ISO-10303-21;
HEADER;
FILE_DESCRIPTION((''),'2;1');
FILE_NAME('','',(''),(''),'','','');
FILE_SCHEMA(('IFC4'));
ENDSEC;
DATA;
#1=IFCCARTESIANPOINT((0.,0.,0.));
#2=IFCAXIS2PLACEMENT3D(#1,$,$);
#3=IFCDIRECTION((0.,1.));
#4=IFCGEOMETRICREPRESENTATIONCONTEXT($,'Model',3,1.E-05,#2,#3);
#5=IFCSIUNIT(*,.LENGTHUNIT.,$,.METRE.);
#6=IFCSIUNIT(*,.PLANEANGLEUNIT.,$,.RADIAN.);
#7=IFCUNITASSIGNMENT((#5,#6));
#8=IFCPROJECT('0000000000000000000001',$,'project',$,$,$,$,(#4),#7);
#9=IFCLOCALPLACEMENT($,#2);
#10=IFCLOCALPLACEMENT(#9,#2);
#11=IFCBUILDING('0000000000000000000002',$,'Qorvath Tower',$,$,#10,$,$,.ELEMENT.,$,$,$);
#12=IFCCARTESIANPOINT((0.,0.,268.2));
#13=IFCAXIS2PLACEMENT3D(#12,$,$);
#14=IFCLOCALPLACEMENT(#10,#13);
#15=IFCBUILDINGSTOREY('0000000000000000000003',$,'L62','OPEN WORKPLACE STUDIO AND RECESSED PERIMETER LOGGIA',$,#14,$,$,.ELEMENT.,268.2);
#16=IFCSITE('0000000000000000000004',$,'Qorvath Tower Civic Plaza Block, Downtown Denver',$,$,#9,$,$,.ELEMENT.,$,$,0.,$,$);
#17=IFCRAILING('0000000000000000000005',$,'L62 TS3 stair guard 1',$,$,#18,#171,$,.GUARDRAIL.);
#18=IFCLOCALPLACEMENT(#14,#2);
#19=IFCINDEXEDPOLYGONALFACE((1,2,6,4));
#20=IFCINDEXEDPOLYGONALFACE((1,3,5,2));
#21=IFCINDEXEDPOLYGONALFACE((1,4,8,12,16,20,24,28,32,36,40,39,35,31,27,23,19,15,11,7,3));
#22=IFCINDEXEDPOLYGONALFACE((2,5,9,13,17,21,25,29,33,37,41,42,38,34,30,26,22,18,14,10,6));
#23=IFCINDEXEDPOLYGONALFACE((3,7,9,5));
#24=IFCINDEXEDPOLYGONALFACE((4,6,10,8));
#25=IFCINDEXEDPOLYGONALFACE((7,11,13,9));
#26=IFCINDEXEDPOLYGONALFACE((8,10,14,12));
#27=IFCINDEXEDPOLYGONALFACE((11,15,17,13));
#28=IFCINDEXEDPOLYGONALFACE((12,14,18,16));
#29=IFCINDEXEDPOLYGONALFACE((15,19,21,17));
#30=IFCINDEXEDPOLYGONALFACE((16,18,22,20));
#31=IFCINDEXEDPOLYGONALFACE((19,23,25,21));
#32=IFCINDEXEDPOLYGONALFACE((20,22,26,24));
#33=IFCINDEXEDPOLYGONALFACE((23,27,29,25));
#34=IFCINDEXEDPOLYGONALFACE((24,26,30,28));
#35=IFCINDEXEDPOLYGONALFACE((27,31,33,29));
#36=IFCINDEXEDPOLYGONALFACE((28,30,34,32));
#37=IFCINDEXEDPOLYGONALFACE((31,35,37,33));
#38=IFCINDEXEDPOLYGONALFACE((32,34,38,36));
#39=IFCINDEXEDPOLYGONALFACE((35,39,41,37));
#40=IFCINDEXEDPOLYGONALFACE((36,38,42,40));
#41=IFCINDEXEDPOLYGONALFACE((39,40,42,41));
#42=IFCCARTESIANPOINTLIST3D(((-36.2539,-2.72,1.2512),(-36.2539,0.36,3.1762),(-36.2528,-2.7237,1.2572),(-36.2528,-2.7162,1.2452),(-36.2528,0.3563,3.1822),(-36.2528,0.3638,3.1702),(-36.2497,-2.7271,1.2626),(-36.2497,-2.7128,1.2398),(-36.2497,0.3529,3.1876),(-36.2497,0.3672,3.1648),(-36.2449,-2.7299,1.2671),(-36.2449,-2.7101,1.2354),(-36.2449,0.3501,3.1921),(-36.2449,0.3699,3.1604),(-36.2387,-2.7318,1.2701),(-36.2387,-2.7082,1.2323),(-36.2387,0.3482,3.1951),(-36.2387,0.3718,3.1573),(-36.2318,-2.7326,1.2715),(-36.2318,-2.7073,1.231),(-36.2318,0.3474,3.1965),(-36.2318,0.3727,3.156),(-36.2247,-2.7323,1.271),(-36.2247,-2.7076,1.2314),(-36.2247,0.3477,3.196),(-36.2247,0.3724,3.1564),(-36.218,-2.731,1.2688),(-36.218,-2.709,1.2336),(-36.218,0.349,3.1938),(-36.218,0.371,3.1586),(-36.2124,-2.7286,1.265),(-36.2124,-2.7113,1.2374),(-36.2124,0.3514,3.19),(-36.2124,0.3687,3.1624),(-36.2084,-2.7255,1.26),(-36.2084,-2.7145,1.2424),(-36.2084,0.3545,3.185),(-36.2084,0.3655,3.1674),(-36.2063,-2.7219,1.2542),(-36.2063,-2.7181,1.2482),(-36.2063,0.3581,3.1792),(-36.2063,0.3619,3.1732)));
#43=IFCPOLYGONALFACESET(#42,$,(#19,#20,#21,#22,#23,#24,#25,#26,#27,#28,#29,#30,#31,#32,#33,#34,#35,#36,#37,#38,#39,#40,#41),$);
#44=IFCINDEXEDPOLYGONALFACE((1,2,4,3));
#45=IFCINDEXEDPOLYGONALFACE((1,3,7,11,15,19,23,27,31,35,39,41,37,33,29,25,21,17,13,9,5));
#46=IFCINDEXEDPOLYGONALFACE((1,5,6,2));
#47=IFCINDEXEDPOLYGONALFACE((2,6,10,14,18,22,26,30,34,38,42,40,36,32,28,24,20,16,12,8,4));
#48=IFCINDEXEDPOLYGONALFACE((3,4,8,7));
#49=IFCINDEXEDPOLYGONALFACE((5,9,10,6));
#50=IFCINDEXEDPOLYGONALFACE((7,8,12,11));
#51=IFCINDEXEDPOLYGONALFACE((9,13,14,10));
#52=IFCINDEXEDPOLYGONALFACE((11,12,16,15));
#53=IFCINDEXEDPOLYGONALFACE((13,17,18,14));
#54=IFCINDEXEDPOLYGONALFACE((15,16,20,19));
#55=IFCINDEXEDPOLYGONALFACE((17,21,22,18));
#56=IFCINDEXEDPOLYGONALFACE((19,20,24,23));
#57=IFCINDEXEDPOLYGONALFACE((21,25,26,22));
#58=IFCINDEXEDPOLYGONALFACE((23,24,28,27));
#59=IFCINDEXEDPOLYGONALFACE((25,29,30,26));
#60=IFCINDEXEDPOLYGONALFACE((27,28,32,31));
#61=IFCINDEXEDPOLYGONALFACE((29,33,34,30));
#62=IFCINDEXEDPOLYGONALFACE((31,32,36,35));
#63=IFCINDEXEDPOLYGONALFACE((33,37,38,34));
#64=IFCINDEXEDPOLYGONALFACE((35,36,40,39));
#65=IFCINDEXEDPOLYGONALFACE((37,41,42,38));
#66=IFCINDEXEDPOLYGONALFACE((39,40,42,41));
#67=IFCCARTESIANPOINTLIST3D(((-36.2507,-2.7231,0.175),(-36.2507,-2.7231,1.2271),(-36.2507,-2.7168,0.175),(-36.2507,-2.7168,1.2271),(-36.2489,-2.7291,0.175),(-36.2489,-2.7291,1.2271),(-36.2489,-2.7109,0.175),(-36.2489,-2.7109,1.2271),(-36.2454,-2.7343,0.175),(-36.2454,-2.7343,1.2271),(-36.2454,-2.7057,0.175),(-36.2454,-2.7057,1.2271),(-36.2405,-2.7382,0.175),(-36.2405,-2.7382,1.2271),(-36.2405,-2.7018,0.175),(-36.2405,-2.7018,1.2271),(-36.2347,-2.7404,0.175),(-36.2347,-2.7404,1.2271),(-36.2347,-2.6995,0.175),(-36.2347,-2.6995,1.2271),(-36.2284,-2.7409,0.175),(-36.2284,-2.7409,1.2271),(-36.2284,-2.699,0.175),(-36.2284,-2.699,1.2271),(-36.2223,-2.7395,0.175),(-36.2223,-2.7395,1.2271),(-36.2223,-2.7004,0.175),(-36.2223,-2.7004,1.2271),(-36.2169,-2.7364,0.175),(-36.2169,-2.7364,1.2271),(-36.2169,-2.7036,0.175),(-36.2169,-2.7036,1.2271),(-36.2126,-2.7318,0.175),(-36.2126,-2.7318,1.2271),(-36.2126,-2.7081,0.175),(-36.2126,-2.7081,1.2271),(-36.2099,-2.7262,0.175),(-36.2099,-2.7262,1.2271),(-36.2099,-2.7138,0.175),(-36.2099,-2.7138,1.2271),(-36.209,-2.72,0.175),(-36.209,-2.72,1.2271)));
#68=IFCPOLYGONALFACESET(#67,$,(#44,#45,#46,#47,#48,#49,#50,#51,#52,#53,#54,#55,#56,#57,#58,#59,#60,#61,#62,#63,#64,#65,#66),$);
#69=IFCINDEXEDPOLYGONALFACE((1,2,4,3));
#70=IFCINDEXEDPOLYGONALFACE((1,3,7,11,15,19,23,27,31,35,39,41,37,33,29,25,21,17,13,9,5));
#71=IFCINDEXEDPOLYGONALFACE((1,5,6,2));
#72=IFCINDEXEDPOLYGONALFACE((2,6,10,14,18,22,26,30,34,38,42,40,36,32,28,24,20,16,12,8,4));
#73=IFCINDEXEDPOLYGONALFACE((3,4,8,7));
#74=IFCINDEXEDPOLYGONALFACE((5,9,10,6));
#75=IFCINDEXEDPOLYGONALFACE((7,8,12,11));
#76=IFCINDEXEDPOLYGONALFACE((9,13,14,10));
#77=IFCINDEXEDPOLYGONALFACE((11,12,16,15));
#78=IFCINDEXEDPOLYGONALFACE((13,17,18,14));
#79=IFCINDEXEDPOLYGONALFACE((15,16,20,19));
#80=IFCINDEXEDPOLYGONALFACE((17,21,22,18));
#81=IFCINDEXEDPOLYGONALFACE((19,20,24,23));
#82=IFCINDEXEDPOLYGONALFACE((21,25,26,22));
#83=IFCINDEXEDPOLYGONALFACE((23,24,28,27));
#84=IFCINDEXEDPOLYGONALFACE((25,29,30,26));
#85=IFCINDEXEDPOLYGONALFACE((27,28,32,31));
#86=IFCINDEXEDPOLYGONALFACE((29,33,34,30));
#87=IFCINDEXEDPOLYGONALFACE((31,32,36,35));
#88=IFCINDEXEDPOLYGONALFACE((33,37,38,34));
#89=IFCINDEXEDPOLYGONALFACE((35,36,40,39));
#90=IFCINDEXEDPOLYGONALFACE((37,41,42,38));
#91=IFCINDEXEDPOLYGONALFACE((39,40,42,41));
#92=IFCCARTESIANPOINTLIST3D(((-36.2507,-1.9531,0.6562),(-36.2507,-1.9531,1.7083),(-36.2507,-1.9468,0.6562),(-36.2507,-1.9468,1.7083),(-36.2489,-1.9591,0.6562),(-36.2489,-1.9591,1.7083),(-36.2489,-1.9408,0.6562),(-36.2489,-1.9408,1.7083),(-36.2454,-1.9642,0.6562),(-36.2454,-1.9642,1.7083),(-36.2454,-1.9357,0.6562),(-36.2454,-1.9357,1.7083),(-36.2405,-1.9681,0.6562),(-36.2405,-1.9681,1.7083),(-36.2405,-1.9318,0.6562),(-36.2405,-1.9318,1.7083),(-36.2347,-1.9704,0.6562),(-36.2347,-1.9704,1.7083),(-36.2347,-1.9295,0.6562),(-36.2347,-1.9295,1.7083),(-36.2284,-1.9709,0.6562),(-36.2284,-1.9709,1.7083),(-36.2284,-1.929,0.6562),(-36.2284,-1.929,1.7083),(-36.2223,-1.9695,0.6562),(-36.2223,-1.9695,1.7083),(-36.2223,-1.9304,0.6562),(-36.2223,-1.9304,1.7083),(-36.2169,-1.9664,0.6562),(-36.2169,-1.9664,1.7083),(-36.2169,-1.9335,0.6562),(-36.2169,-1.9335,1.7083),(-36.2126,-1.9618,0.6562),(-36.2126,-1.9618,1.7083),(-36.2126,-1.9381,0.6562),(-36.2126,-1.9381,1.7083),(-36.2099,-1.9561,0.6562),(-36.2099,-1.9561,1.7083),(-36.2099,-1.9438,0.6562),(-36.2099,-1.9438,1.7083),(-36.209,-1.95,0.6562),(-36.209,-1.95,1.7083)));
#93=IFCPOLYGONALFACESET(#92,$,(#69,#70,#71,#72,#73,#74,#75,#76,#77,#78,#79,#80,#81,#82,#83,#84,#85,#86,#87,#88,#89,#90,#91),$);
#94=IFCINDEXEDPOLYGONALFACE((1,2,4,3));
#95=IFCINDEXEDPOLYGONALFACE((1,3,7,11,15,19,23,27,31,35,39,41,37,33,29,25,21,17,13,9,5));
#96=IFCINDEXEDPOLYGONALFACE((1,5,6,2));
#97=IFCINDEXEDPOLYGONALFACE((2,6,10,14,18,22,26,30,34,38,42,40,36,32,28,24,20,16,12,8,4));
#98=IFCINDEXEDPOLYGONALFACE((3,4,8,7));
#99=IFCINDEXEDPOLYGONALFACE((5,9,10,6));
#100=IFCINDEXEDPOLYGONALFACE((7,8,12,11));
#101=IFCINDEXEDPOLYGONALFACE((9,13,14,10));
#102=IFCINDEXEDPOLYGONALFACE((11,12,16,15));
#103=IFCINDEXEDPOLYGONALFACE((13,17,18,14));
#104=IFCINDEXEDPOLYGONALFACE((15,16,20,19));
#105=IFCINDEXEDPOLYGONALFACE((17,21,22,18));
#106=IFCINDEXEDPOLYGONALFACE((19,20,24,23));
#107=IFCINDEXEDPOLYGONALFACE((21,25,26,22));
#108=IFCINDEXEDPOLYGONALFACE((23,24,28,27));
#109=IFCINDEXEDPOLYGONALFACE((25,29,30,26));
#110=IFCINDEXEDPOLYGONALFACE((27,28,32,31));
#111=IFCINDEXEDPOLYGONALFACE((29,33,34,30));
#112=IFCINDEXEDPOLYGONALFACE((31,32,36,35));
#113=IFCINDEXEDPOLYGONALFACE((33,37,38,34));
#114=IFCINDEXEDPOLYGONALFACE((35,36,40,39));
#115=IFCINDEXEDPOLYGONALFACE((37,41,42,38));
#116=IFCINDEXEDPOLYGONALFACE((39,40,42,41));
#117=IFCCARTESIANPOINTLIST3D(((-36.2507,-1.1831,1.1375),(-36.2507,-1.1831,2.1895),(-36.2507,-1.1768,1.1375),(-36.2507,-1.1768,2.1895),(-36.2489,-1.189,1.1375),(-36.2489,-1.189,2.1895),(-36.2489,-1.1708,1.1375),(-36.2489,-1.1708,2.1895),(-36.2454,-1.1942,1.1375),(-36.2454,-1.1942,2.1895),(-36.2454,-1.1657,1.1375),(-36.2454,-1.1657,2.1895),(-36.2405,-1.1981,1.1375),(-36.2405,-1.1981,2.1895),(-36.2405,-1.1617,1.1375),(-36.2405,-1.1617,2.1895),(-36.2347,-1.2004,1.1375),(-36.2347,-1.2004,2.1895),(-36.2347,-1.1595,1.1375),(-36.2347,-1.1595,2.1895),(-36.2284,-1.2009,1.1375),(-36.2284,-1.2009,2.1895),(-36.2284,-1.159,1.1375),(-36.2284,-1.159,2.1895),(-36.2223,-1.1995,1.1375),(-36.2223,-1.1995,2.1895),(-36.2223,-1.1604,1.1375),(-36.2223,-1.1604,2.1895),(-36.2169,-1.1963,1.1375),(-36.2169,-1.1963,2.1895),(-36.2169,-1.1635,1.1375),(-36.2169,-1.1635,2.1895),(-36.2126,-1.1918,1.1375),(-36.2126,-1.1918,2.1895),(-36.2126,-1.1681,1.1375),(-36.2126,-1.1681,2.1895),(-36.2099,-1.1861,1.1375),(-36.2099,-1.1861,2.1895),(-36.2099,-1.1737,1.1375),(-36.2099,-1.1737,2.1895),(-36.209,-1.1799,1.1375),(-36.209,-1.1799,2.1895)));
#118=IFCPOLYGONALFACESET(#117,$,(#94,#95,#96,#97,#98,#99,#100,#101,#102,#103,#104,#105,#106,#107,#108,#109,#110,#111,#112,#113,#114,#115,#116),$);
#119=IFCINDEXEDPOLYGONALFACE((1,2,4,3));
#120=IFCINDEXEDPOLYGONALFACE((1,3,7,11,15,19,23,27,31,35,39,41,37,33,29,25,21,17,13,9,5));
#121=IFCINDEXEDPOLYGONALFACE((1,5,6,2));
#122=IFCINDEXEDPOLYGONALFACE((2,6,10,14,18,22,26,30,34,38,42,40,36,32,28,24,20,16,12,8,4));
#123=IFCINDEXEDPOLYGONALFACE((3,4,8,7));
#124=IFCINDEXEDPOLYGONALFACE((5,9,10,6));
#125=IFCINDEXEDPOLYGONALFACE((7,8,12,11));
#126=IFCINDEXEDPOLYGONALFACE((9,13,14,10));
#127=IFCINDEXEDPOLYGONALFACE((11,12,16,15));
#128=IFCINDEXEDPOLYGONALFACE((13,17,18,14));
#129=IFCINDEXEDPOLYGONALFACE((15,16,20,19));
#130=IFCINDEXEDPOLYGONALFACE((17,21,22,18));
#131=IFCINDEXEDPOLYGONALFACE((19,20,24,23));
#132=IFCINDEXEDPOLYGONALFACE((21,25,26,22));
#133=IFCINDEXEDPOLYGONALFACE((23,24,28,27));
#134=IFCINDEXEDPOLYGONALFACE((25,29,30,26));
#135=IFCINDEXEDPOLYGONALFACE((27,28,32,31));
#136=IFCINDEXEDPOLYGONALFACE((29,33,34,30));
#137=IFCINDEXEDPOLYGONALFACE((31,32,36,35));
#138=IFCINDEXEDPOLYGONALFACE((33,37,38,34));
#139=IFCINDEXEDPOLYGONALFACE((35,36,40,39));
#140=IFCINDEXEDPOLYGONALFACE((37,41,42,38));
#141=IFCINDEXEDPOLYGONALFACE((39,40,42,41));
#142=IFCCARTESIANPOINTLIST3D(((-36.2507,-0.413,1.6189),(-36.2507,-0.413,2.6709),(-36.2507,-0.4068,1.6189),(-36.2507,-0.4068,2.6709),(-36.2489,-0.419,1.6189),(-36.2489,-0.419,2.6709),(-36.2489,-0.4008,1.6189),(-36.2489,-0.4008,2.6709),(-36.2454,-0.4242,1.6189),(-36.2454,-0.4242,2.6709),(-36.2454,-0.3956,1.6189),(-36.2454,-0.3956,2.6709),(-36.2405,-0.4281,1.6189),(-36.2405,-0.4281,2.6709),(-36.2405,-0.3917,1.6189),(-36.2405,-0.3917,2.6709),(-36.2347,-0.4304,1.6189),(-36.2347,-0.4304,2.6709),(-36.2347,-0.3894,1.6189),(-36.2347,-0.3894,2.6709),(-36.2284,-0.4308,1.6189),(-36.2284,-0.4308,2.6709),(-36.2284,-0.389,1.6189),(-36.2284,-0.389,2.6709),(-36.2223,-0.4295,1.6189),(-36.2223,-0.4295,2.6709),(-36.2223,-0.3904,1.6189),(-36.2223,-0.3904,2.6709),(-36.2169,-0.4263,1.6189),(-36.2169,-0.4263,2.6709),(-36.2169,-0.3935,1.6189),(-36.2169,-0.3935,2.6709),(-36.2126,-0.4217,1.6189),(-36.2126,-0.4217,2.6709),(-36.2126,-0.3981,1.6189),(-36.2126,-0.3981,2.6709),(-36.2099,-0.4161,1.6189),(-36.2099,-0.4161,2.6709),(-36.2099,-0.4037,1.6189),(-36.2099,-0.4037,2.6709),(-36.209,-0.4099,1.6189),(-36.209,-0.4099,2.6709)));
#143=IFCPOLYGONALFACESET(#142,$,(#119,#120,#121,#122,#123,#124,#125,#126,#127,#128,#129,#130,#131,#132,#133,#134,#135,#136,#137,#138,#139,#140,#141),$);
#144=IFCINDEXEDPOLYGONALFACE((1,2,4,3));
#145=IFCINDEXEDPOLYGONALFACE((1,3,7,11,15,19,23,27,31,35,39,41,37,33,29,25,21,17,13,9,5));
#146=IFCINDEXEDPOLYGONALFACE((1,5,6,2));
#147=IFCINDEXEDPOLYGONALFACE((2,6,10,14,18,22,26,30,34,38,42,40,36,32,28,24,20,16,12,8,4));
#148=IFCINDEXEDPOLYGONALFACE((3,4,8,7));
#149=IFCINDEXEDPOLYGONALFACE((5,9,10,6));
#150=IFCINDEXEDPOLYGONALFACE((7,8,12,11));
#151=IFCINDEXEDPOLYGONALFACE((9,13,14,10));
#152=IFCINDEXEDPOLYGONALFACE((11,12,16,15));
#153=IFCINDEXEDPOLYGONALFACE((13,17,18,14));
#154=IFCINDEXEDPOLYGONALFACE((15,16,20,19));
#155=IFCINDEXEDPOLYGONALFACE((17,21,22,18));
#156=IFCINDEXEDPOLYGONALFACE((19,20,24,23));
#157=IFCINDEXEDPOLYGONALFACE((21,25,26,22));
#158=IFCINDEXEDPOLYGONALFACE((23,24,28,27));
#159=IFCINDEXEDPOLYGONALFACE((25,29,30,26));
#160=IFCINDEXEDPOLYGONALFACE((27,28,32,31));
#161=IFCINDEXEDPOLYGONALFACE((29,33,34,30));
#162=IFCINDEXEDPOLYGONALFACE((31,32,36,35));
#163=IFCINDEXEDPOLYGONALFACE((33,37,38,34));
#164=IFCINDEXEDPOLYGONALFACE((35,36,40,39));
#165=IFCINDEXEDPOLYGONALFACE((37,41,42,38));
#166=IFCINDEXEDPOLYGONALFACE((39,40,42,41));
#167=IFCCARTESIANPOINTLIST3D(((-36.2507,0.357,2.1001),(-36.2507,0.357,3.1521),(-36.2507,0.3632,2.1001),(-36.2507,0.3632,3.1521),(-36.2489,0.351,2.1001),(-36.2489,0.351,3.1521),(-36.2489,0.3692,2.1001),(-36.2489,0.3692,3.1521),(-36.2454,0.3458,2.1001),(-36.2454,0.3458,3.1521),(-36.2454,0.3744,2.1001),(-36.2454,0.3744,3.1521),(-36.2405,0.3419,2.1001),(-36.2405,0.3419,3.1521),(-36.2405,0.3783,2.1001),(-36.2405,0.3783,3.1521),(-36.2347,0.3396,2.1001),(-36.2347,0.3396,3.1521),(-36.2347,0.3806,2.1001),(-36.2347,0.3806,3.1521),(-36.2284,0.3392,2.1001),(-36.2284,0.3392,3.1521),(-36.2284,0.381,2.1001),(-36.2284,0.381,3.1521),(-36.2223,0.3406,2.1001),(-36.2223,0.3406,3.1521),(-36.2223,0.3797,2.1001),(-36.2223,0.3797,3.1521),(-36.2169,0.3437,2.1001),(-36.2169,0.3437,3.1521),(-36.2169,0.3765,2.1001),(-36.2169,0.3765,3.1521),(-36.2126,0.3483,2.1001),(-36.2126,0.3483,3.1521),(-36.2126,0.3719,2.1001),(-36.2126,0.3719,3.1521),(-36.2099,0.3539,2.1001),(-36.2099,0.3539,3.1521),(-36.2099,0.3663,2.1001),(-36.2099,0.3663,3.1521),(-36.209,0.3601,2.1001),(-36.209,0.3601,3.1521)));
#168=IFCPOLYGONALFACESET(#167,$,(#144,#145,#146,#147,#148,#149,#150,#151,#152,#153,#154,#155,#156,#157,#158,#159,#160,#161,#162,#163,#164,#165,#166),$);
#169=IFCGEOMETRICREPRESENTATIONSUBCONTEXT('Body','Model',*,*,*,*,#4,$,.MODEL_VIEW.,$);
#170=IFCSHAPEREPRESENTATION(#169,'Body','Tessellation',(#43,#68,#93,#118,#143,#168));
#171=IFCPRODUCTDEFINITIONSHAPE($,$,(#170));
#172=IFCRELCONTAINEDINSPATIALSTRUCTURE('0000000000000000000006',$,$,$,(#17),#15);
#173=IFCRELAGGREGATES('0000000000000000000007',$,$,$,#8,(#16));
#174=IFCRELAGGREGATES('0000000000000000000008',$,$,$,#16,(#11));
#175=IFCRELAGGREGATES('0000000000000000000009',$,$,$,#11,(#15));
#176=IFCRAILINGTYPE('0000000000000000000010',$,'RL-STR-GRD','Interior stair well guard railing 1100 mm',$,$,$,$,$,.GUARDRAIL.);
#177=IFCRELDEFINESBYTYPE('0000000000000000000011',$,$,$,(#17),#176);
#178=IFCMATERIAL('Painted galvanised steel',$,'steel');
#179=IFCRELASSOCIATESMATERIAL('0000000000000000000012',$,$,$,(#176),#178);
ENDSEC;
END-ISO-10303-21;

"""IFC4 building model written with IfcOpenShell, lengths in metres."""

from ifc_helpers import new_model, si_unit, direction, frame, origin, origin_2d, place, context, subcontext, project, spatial, circle, extrude, material, type_object, element, save


model = new_model("IFC4")

# Units and contexts
model_context = context("Model", 3, precision=1e-05, world=origin(), true_north=direction((0.0, 1.0)))
body_context = subcontext(model_context, "Body", "Model", "MODEL_VIEW")
ifc_project = project(units=[si_unit("LENGTHUNIT", "METRE"), si_unit("PLANEANGLEUNIT", "RADIAN")], contexts=[model_context])

# Site, building, storey
site_placement = place(None, origin())
site = spatial("IfcSite", under=ifc_project, at=site_placement, Name="Qorvath Tower Civic Plaza Block, Downtown Denver", CompositionType="ELEMENT", RefElevation=0.0)
building_placement = place(site_placement, origin())
building = spatial("IfcBuilding", under=site, at=building_placement, Name="Qorvath Tower", CompositionType="ELEMENT")
storey_placement = place(building_placement, frame((0.0, 0.0, 268.2)))
storey = spatial("IfcBuildingStorey", under=building, at=storey_placement, Name="L62", Description="OPEN WORKPLACE STUDIO AND RECESSED PERIMETER LOGGIA", CompositionType="ELEMENT", Elevation=268.2)

# Railing
ifc_material_1 = material(Name="Painted galvanised steel", Category="steel")
railing_type_1 = type_object("IfcRailingType", Name="RL-STR-GRD", Description="Interior stair well guard railing 1100 mm", PredefinedType="GUARDRAIL", material=ifc_material_1)
railing_1_placement = place(storey_placement, frame((-36.23, -2.72, 0.175)))
element("IfcRailing", 1, at=railing_1_placement, inside=storey, type_object=railing_type_1, Name="L62 TS3 stair guard 1", PredefinedType="GUARDRAIL", context=body_context, shape_type="SweptSolid", body=[
    extrude(circle(Radius=0.0239, at=origin_2d()), frame((0.0, 0.0, 1.0762), z_axis=(0.0, 0.847998, 0.529999), x_axis=(-1.0, 0.0, 0.0)), (0.0, 0.0, 1.0), 3.6321),
    extrude(circle(Radius=0.021, at=origin_2d()), origin(), (0.0, 0.0, 1.0), 1.052),
    extrude(circle(Radius=0.021, at=origin_2d()), frame((0.0, 0.77, 0.4812)), (0.0, 0.0, 1.0), 1.052),
    extrude(circle(Radius=0.021, at=origin_2d()), frame((0.0, 1.54, 0.9624)), (0.0, 0.0, 1.0), 1.052),
    extrude(circle(Radius=0.021, at=origin_2d()), frame((0.0, 2.3101, 1.4438)), (0.0, 0.0, 1.0), 1.052),
    extrude(circle(Radius=0.021, at=origin_2d()), frame((0.0, 3.0801, 1.925)), (0.0, 0.0, 1.0), 1.052),
])

save(model, "model.ifc")
